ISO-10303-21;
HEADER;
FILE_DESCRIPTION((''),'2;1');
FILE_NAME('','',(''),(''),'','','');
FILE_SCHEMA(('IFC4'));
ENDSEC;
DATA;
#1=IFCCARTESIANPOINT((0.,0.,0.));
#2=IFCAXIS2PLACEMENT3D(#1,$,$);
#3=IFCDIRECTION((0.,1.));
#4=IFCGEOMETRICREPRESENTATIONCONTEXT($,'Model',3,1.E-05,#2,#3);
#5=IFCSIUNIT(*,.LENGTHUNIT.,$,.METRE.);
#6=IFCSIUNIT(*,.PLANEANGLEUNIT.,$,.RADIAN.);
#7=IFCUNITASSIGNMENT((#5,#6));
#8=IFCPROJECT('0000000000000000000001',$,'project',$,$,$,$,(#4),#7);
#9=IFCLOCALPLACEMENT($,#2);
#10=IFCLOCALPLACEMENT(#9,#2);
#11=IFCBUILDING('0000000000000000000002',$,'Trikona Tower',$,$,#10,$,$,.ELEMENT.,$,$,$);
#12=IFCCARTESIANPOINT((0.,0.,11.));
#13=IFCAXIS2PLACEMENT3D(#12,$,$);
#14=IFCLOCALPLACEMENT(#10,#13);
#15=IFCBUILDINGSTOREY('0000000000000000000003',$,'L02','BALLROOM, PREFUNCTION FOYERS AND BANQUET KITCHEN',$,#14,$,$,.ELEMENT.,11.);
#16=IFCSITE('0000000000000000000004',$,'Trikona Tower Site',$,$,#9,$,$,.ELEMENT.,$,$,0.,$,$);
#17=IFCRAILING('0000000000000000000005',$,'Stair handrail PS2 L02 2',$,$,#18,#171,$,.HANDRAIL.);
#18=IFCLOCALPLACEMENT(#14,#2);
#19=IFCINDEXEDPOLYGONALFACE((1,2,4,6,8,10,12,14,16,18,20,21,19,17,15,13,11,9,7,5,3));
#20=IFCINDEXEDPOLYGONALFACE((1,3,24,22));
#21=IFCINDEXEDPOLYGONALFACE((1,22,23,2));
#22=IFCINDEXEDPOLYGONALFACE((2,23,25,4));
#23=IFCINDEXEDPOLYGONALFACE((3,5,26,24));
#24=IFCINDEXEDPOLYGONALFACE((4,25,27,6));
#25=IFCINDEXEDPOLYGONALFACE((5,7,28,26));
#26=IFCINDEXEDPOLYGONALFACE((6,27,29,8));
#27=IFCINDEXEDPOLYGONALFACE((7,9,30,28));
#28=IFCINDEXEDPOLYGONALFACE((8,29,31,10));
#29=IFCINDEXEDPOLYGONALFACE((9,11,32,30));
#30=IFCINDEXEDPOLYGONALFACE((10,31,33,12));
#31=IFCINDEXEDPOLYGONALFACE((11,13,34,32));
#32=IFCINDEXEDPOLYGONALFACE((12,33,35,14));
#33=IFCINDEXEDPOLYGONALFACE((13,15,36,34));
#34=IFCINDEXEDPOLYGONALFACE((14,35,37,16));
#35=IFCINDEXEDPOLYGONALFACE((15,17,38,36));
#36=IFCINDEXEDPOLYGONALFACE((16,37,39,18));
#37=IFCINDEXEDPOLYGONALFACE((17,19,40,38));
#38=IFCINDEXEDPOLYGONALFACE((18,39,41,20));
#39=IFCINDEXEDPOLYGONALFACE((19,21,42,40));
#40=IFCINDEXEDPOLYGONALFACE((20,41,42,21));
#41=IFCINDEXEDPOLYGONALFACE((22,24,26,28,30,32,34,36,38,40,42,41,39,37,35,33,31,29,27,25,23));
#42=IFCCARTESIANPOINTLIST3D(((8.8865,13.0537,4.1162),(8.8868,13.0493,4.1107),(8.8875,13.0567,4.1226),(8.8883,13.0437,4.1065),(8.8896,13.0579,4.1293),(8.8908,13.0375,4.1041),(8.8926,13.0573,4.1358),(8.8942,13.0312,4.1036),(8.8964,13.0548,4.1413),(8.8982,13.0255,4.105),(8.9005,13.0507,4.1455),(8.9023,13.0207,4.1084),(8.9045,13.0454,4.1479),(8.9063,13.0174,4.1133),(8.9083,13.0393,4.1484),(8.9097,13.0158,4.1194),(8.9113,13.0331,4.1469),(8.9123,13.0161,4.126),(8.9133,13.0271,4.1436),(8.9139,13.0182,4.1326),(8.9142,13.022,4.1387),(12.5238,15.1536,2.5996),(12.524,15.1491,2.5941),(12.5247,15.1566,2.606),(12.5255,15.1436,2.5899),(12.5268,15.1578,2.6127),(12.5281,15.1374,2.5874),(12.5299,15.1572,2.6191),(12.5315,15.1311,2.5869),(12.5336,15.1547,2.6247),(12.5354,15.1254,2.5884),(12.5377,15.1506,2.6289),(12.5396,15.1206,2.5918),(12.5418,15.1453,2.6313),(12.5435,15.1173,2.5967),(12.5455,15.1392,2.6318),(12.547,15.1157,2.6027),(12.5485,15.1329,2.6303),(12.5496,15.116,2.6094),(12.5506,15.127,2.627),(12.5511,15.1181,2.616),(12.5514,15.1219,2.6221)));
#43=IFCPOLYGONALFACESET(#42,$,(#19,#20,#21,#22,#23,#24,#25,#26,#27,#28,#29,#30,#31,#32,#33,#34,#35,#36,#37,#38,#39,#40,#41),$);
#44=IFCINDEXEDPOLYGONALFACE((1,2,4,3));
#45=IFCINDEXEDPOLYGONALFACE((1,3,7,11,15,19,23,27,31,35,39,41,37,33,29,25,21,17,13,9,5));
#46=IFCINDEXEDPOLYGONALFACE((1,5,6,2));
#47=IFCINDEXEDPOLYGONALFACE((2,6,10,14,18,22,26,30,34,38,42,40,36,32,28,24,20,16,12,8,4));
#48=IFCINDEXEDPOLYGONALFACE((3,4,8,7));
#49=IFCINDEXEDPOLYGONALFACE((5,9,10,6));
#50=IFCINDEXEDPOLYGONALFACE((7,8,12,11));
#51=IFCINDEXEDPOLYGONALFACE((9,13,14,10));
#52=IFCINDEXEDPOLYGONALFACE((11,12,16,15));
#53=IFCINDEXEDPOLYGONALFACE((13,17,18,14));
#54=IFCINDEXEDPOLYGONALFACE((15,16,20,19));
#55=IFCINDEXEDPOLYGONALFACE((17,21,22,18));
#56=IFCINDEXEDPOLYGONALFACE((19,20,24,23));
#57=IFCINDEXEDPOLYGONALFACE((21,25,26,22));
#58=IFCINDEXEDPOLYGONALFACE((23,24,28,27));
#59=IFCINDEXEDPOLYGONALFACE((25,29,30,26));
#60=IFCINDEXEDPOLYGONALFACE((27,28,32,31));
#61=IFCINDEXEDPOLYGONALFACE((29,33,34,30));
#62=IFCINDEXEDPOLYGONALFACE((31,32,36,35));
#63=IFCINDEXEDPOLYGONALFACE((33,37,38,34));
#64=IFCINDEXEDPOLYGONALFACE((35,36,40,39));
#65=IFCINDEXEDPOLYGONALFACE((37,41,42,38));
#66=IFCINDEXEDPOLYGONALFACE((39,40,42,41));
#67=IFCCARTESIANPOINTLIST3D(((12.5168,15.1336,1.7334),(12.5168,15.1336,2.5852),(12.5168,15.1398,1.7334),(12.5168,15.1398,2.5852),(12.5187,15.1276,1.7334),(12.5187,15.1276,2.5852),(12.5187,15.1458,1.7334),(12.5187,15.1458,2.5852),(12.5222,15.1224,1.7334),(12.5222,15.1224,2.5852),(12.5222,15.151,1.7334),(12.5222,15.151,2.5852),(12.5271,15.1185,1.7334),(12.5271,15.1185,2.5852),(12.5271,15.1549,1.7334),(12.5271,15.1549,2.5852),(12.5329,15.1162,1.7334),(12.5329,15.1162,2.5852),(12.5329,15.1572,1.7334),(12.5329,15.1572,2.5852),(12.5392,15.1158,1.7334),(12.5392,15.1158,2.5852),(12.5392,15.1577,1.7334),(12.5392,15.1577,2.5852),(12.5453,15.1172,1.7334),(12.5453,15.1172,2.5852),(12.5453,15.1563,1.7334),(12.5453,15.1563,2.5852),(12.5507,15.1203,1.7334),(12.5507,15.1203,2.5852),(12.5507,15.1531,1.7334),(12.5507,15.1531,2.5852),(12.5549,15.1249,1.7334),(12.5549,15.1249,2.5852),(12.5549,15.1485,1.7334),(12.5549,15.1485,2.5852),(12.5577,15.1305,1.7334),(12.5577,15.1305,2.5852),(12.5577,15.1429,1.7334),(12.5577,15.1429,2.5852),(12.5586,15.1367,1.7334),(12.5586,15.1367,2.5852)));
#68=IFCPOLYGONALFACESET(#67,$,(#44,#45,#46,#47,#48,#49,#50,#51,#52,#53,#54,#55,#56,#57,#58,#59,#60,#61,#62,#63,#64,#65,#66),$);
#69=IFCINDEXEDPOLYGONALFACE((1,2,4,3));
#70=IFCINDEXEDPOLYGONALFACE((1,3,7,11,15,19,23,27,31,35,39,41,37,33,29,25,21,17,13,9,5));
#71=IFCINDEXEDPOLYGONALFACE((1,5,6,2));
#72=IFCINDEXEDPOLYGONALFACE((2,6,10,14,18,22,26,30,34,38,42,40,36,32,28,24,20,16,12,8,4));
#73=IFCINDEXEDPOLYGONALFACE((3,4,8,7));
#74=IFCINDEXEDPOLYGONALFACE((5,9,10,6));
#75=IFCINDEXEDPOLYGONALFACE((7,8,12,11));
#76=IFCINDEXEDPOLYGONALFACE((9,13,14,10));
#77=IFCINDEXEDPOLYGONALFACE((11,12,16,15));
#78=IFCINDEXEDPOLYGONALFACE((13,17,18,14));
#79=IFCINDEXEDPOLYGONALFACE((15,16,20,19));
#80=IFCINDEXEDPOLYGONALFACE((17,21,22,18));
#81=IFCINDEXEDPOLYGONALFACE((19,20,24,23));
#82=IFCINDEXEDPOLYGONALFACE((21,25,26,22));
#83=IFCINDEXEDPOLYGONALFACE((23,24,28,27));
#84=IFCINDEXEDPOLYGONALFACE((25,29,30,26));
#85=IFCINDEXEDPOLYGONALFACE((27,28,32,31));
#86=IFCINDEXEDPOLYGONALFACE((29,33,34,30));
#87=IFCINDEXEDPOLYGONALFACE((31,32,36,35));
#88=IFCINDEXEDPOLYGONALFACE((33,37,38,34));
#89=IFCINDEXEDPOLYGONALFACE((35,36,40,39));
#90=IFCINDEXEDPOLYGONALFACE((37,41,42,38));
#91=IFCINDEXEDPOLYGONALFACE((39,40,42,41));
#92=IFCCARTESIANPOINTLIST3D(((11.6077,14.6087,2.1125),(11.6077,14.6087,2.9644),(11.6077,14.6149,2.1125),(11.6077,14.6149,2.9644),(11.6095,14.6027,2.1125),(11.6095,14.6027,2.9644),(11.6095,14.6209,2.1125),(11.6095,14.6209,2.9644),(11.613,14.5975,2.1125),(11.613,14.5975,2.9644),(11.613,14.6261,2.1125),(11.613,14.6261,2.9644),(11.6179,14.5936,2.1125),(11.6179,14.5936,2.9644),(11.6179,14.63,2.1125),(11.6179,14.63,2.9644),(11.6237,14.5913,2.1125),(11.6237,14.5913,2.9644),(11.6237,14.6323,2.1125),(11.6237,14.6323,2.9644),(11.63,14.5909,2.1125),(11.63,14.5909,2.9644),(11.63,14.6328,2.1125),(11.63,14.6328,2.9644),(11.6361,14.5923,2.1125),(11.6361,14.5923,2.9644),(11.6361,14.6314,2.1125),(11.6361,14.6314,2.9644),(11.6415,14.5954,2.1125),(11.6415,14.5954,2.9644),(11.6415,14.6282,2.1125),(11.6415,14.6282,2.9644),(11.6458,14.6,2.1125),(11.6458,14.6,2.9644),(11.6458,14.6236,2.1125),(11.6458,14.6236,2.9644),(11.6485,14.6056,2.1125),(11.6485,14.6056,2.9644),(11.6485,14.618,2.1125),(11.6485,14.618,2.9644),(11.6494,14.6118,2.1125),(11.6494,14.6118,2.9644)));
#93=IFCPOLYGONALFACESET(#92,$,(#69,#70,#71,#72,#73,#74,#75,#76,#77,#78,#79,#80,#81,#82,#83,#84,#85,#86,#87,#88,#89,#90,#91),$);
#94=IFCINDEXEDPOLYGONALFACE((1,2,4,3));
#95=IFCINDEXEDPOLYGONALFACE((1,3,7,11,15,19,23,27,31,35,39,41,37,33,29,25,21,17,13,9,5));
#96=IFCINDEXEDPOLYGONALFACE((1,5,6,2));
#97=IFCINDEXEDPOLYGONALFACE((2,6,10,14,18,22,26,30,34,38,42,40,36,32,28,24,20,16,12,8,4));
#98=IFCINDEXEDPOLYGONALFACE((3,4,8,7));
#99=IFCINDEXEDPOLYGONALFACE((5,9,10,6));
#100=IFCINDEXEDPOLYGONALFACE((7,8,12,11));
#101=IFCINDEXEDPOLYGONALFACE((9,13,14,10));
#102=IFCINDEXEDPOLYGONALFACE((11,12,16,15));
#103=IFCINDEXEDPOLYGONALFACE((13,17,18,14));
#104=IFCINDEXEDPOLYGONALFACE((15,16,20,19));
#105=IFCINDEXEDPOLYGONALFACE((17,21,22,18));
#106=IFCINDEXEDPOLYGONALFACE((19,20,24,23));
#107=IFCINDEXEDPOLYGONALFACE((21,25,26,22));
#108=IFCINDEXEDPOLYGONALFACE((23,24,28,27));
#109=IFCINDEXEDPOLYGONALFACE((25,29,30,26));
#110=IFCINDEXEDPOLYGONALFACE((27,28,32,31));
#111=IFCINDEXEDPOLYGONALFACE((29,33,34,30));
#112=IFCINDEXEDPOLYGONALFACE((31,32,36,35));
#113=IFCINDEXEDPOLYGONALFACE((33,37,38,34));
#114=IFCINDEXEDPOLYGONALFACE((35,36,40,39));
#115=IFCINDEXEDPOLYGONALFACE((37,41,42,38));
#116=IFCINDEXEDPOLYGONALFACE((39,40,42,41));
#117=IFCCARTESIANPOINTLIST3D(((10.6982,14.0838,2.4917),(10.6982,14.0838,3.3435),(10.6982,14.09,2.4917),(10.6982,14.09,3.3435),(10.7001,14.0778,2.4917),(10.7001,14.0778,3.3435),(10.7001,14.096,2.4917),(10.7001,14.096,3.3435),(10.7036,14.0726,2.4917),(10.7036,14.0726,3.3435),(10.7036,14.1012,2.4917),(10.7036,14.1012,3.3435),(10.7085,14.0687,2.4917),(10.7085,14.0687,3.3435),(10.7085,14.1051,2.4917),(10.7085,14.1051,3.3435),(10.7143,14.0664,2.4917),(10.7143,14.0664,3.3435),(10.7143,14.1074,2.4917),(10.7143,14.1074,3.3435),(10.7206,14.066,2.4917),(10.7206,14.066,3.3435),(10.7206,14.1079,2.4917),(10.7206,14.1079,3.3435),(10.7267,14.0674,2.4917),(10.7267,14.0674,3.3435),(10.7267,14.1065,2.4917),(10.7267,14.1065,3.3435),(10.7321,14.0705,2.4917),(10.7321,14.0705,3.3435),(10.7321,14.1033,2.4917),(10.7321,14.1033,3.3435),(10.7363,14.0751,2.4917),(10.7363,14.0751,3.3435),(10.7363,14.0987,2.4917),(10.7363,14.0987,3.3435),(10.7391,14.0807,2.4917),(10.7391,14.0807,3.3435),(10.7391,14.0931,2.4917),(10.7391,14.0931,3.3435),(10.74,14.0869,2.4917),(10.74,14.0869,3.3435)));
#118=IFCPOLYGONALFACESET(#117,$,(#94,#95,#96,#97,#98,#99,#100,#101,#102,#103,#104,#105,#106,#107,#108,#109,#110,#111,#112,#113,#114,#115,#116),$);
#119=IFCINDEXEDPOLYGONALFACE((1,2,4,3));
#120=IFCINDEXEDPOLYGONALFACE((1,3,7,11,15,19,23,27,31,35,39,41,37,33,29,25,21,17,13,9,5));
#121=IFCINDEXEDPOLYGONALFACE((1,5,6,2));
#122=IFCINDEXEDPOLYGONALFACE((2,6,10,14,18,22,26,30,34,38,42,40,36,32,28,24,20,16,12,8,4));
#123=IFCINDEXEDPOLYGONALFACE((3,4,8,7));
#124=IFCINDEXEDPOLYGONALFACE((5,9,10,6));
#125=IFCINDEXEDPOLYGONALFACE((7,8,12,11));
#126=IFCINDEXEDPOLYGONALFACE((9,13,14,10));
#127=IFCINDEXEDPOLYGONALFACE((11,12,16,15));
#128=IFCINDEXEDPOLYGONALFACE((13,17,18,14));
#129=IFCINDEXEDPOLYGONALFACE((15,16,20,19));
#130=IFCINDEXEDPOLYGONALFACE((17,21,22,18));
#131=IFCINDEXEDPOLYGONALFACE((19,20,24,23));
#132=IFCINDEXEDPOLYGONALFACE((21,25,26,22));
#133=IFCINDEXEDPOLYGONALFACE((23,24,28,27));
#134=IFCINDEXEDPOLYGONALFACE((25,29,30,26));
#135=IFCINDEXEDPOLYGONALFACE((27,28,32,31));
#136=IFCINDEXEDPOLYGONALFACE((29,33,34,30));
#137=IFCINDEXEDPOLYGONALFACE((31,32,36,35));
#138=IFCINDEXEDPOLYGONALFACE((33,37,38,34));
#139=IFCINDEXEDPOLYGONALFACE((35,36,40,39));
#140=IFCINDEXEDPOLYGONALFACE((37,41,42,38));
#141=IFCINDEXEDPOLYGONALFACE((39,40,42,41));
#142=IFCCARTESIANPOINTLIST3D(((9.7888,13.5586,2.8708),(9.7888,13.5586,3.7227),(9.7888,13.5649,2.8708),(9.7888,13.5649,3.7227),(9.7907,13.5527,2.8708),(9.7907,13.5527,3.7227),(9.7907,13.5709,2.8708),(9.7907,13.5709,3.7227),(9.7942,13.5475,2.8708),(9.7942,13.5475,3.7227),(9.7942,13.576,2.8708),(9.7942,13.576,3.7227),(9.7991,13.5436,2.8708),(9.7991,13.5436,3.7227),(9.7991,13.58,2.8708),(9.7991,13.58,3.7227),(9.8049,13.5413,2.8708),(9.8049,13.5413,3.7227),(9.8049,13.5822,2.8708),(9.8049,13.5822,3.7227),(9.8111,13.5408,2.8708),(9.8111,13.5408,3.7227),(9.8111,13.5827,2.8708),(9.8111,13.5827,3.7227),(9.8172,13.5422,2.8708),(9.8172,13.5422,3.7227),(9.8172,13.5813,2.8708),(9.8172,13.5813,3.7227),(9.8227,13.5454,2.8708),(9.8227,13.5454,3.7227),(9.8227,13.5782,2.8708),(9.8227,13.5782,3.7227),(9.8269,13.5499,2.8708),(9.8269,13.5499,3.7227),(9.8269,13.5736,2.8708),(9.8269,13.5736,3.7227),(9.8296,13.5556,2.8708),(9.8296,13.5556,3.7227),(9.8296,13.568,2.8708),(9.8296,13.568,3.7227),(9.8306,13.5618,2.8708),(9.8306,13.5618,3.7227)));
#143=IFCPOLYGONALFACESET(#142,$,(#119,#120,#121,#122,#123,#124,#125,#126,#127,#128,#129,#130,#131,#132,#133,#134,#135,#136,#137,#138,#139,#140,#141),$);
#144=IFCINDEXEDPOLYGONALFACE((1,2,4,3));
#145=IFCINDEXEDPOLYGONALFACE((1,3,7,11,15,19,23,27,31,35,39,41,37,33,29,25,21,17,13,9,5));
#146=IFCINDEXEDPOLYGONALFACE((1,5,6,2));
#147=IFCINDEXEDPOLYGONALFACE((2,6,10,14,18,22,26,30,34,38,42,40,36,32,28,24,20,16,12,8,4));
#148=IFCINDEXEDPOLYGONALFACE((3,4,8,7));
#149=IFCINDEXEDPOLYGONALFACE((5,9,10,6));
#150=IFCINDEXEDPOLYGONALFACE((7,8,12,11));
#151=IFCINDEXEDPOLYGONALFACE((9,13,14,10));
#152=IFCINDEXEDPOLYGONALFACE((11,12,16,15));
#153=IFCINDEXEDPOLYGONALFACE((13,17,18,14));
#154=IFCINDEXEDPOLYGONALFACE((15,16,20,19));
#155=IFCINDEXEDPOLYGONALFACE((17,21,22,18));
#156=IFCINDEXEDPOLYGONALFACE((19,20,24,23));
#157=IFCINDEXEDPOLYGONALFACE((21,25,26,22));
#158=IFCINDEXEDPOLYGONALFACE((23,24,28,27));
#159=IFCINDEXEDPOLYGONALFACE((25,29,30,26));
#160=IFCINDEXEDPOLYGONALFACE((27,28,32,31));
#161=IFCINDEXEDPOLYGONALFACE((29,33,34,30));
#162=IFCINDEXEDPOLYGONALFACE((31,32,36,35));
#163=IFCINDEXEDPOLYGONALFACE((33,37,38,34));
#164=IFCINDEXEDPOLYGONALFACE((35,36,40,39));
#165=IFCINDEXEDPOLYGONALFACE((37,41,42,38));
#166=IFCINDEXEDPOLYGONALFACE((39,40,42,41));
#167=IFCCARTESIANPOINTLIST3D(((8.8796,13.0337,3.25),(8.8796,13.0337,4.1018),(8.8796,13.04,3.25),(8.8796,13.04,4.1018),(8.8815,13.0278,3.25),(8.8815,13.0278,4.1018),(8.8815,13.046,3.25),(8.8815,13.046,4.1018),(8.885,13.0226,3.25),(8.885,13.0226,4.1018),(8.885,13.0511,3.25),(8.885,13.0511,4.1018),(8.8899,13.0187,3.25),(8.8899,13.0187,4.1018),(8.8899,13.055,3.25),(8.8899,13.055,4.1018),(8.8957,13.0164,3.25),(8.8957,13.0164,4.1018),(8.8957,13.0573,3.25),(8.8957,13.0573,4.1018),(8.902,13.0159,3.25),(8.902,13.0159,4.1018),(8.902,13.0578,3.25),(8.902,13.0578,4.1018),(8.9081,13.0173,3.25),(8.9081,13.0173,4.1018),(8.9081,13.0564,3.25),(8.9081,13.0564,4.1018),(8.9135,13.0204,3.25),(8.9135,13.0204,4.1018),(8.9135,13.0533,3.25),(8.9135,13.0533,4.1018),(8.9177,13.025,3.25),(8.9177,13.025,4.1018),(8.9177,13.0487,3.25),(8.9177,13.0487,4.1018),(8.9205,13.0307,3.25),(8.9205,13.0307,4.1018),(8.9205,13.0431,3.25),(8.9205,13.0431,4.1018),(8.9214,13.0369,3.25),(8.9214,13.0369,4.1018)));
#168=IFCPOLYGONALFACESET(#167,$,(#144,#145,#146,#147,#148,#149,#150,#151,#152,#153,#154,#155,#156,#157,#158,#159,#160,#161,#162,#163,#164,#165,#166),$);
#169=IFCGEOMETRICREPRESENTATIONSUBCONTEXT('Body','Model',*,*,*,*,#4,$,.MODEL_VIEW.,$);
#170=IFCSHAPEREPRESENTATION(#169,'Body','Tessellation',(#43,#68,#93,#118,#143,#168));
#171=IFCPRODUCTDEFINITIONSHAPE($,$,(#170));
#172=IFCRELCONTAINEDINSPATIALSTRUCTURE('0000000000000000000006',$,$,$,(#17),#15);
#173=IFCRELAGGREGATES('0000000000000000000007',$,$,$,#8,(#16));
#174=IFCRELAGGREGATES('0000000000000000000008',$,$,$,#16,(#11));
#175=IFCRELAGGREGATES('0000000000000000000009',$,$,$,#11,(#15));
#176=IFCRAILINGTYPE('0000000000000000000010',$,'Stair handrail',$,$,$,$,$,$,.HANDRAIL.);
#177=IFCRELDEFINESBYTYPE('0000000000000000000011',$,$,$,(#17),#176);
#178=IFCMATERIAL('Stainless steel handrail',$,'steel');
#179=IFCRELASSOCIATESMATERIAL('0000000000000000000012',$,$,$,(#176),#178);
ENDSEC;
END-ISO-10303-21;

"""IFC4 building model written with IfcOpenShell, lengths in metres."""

from ifc_helpers import new_model, si_unit, direction, frame, origin, origin_2d, place, context, subcontext, project, spatial, circle, extrude, material, type_object, element, save


model = new_model("IFC4")

# Units and contexts
model_context = context("Model", 3, precision=1e-05, world=origin(), true_north=direction((0.0, 1.0)))
body_context = subcontext(model_context, "Body", "Model", "MODEL_VIEW")
ifc_project = project(units=[si_unit("LENGTHUNIT", "METRE"), si_unit("PLANEANGLEUNIT", "RADIAN")], contexts=[model_context])

# Site, building, storey
site_placement = place(None, origin())
site = spatial("IfcSite", under=ifc_project, at=site_placement, Name="Trikona Tower Site", CompositionType="ELEMENT", RefElevation=0.0)
building_placement = place(site_placement, origin())
building = spatial("IfcBuilding", under=site, at=building_placement, Name="Trikona Tower", CompositionType="ELEMENT")
storey_placement = place(building_placement, frame((0.0, 0.0, 11.0)))
storey = spatial("IfcBuildingStorey", under=building, at=storey_placement, Name="L02", Description="BALLROOM, PREFUNCTION FOYERS AND BANQUET KITCHEN", CompositionType="ELEMENT", Elevation=11.0)

# Railing
ifc_material_1 = material(Name="Stainless steel handrail", Category="steel")
railing_type = type_object("IfcRailingType", Name="Stair handrail", PredefinedType="HANDRAIL", material=ifc_material_1)
for number, where, name in (
    (1, (12.5376, 15.1367, 1.7334), "Stair handrail PS2 L02 2"),
):
    element("IfcRailing", number, at=place(storey_placement, frame(where)), inside=storey, type_object=railing_type, Name=name, PredefinedType="HANDRAIL", context=body_context, shape_type="SweptSolid", body=[
        extrude(circle(Radius=0.0239, at=origin_2d()), frame((0.0, 0.0, 0.876), z_axis=(-0.814553, -0.470262, 0.339643), x_axis=(0.499984, -0.866035, 0.0)), (0.0, 0.0, 1.0), 4.4653),
        extrude(circle(Radius=0.021, at=origin_2d()), origin(), (0.0, 0.0, 1.0), 0.8518),
        extrude(circle(Radius=0.021, at=origin_2d()), frame((-0.9092, -0.5249, 0.3792)), (0.0, 0.0, 1.0), 0.8518),
        extrude(circle(Radius=0.021, at=origin_2d()), frame((-1.8186, -1.0498, 0.7583)), (0.0, 0.0, 1.0), 0.8518),
        extrude(circle(Radius=0.021, at=origin_2d()), frame((-2.728, -1.575, 1.1375)), (0.0, 0.0, 1.0), 0.8518),
        extrude(circle(Radius=0.021, at=origin_2d()), frame((-3.6372, -2.0999, 1.5166)), (0.0, 0.0, 1.0), 0.8518),
    ])

save(model, "model.ifc")
